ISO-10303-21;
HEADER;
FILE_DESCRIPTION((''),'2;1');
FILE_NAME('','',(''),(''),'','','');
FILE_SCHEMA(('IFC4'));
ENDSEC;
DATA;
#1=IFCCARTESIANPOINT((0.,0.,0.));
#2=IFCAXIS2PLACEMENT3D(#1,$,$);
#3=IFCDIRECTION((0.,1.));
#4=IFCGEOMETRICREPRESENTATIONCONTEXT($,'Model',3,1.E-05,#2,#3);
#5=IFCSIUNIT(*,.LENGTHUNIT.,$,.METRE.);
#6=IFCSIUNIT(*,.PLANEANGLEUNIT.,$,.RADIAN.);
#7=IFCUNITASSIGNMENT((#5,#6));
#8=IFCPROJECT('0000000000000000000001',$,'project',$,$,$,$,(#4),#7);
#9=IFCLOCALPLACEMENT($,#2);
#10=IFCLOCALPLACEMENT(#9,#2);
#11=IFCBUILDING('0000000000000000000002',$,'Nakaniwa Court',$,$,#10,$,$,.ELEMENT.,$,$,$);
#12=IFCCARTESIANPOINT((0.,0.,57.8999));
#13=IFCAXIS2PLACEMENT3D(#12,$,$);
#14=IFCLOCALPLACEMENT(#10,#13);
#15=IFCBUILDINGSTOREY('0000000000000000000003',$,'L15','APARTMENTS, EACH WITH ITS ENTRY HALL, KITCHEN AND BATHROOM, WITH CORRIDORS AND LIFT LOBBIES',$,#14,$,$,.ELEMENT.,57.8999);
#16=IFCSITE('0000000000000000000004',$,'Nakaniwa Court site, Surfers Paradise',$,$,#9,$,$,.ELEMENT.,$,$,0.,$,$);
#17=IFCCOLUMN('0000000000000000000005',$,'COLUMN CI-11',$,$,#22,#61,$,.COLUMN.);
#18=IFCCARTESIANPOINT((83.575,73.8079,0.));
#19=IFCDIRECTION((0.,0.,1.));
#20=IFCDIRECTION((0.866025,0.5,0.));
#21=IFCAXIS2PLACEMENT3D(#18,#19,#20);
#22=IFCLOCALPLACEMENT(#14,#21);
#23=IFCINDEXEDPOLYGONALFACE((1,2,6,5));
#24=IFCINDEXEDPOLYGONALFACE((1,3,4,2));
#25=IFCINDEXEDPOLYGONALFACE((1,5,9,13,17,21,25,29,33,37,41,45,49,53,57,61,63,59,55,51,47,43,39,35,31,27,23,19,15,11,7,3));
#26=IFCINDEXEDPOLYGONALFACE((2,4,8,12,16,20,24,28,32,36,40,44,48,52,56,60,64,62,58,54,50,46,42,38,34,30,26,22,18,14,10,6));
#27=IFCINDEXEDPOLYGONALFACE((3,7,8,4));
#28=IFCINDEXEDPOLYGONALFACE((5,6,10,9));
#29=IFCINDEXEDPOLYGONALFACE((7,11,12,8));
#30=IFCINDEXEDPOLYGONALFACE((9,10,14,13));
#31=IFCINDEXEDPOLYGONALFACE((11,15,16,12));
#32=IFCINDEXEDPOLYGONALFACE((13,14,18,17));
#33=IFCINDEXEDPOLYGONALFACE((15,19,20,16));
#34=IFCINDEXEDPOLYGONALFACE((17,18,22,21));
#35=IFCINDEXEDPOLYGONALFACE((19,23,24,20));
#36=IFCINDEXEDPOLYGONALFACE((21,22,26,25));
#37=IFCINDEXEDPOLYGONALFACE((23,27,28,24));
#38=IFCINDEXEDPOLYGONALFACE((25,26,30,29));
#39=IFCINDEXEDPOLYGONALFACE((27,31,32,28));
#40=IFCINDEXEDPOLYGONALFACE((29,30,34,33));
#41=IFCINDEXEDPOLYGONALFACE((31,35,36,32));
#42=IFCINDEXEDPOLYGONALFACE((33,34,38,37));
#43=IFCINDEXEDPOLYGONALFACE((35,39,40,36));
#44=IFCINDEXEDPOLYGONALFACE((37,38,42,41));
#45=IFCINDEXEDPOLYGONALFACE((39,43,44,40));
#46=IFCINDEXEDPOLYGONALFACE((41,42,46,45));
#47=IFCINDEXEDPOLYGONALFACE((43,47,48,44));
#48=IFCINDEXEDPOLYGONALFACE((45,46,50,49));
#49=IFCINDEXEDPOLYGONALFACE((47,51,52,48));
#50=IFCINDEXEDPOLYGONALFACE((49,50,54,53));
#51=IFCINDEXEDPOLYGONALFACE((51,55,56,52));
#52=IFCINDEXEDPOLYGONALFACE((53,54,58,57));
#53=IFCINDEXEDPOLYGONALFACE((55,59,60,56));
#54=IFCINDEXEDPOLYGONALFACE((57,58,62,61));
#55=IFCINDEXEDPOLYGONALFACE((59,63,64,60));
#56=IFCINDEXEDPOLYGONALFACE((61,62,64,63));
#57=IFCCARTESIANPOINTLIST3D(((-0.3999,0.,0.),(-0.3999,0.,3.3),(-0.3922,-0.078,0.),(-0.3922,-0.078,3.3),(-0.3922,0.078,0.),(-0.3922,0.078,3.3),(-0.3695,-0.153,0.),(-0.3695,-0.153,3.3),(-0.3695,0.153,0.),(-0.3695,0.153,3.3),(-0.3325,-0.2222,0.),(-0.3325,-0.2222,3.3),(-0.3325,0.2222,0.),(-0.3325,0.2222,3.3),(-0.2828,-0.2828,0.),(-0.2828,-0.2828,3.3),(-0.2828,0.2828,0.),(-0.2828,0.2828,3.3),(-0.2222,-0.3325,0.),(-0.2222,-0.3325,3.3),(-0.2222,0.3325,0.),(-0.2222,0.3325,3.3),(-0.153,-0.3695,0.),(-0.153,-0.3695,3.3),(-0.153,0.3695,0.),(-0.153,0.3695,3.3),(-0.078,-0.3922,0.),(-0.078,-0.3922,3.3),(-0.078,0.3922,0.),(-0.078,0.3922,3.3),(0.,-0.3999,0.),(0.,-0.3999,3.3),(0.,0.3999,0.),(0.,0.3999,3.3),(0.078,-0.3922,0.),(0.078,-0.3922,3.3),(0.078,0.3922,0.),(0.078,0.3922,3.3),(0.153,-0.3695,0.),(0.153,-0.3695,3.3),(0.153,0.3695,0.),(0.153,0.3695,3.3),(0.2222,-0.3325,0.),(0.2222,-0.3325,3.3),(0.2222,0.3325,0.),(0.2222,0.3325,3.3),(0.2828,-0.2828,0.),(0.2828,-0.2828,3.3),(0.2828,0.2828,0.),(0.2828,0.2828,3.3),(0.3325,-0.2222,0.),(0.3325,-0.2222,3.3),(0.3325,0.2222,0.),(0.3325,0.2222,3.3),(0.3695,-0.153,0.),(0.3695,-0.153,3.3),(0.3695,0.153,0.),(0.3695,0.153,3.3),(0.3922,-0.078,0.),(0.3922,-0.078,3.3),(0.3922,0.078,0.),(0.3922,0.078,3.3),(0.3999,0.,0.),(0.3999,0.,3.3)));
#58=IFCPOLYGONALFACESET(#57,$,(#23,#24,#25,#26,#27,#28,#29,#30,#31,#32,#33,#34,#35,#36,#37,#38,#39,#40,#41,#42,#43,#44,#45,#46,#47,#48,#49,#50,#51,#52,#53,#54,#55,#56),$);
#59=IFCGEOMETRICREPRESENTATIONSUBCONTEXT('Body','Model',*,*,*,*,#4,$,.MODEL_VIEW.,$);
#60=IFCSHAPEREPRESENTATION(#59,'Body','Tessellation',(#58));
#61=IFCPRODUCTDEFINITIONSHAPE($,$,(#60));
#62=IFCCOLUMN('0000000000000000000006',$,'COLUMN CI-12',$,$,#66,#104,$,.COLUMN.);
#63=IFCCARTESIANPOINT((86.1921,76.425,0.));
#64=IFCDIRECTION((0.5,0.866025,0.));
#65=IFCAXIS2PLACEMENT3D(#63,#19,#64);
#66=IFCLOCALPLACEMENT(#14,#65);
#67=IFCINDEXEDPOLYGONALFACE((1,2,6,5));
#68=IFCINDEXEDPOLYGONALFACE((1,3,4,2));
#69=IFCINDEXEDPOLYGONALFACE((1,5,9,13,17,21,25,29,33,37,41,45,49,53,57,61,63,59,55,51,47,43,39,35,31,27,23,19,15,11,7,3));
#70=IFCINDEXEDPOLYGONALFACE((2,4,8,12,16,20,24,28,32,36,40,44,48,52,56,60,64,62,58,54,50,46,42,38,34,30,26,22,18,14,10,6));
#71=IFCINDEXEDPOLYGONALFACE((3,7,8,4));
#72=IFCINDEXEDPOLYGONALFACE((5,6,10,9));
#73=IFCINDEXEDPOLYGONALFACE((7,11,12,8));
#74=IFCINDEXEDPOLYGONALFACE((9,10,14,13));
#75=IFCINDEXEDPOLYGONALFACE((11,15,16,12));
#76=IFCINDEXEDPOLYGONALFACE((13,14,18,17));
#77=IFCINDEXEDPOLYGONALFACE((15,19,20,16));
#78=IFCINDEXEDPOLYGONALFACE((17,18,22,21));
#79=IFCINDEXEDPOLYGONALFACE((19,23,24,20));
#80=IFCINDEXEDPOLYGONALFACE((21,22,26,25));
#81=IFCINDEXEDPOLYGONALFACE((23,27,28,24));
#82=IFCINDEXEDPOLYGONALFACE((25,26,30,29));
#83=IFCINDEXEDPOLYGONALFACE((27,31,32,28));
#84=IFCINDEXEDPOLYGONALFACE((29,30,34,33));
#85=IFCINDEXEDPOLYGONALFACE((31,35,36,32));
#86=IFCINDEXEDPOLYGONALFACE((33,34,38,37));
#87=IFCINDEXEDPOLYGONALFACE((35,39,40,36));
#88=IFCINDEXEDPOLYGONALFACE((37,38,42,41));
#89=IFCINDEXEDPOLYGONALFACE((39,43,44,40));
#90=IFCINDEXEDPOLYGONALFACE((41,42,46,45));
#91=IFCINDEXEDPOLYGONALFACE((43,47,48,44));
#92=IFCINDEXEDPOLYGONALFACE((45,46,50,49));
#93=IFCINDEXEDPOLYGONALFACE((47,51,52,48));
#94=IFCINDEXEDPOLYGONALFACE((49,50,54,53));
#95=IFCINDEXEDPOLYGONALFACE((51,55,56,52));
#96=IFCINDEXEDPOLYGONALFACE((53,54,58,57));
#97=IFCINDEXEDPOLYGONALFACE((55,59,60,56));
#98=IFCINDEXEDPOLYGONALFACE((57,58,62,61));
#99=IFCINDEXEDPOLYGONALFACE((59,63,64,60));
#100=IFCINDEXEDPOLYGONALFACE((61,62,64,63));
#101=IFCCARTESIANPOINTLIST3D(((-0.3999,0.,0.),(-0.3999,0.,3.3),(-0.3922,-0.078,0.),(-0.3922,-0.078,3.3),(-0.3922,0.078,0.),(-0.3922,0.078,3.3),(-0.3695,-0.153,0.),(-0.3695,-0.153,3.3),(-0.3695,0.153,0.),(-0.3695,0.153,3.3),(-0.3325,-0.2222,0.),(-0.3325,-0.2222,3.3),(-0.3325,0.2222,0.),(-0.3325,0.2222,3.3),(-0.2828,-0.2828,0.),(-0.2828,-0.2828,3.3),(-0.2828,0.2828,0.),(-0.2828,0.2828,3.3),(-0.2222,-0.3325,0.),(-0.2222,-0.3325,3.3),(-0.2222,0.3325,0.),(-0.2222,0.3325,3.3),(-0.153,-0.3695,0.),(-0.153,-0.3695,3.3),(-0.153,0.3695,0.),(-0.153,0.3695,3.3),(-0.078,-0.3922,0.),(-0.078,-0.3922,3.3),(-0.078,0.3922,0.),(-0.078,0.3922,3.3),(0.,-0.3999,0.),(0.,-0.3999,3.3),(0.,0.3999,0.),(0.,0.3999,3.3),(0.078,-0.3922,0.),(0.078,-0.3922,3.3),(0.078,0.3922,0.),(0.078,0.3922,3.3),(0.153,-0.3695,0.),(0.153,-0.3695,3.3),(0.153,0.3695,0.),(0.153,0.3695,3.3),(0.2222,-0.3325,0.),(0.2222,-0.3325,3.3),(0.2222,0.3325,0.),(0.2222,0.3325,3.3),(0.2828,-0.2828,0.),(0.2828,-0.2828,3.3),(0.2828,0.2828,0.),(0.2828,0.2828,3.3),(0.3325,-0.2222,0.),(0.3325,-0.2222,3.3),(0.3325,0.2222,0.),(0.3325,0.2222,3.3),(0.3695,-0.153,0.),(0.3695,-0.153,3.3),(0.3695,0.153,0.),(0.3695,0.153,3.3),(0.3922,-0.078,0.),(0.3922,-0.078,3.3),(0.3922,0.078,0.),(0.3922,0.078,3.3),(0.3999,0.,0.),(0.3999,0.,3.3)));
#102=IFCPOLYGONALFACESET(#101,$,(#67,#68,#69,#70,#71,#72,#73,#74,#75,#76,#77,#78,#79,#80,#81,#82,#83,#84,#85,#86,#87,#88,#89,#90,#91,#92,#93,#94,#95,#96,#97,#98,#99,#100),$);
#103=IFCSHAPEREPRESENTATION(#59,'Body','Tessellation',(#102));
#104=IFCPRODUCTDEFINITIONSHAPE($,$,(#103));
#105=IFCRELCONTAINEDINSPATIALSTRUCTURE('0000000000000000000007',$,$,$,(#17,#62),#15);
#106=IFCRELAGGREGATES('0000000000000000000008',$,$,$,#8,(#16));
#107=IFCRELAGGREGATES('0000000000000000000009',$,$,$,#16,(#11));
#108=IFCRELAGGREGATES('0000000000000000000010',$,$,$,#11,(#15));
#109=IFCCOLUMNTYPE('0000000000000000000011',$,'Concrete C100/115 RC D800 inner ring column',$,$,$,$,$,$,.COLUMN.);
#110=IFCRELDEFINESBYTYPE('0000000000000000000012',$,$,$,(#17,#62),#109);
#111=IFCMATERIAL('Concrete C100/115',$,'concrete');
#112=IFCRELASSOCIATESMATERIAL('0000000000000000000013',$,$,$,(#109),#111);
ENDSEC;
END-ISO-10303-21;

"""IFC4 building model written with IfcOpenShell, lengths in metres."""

from ifc_helpers import new_model, si_unit, direction, frame, origin, origin_2d, place, context, subcontext, project, spatial, circle, extrude, material, material_profile, profile_set, type_object, element, save


model = new_model("IFC4")

# Units and contexts
model_context = context("Model", 3, precision=1e-05, world=origin(), true_north=direction((0.0, 1.0)))
body_context = subcontext(model_context, "Body", "Model", "MODEL_VIEW")
ifc_project = project(units=[si_unit("LENGTHUNIT", "METRE"), si_unit("PLANEANGLEUNIT", "RADIAN")], contexts=[model_context])

# Site, building, storey
site_placement = place(None, origin())
site = spatial("IfcSite", under=ifc_project, at=site_placement, Name="Nakaniwa Court site, Surfers Paradise", CompositionType="ELEMENT", RefElevation=0.0)
building_placement = place(site_placement, origin())
building = spatial("IfcBuilding", under=site, at=building_placement, Name="Nakaniwa Court", CompositionType="ELEMENT")
storey_placement = place(building_placement, frame((0.0, 0.0, 57.8999)))
storey = spatial("IfcBuildingStorey", under=building, at=storey_placement, Name="L15", Description="APARTMENTS, EACH WITH ITS ENTRY HALL, KITCHEN AND BATHROOM, WITH CORRIDORS AND LIFT LOBBIES", CompositionType="ELEMENT", Elevation=57.8999)

# Columns
ifc_material_1 = material(Name="Concrete C100/115", Category="concrete")
ifc_material_profile_1 = material_profile(ifc_material_1, circle(Radius=0.3999, at=origin_2d()), Name="Concrete C100/115 RC D800 inner ring column")
ifc_profile_set_1 = profile_set([ifc_material_profile_1], Name="Concrete C100/115")
column_type = type_object("IfcColumnType", Name="Concrete C100/115 RC D800 inner ring column", PredefinedType="COLUMN", material=ifc_profile_set_1)
for number, where, z_axis, x_axis, name in (
    (1, (83.575, 73.8079, 0.0), (0.0, 0.0, 1.0), (0.866025, 0.5, 0.0), "COLUMN CI-11"),
    (2, (86.1921, 76.425, 0.0), (0.0, 0.0, 1.0), (0.5, 0.866025, 0.0), "COLUMN CI-12"),
):
    element("IfcColumn", number, at=place(storey_placement, frame(where, z_axis=z_axis, x_axis=x_axis)), inside=storey, type_object=column_type, Name=name, PredefinedType="COLUMN", context=body_context, shape_type="SweptSolid", body=[
        extrude(circle(Radius=0.3999, at=origin_2d()), origin(), (0.0, 0.0, 1.0), 3.3),
    ])

save(model, "model.ifc")
